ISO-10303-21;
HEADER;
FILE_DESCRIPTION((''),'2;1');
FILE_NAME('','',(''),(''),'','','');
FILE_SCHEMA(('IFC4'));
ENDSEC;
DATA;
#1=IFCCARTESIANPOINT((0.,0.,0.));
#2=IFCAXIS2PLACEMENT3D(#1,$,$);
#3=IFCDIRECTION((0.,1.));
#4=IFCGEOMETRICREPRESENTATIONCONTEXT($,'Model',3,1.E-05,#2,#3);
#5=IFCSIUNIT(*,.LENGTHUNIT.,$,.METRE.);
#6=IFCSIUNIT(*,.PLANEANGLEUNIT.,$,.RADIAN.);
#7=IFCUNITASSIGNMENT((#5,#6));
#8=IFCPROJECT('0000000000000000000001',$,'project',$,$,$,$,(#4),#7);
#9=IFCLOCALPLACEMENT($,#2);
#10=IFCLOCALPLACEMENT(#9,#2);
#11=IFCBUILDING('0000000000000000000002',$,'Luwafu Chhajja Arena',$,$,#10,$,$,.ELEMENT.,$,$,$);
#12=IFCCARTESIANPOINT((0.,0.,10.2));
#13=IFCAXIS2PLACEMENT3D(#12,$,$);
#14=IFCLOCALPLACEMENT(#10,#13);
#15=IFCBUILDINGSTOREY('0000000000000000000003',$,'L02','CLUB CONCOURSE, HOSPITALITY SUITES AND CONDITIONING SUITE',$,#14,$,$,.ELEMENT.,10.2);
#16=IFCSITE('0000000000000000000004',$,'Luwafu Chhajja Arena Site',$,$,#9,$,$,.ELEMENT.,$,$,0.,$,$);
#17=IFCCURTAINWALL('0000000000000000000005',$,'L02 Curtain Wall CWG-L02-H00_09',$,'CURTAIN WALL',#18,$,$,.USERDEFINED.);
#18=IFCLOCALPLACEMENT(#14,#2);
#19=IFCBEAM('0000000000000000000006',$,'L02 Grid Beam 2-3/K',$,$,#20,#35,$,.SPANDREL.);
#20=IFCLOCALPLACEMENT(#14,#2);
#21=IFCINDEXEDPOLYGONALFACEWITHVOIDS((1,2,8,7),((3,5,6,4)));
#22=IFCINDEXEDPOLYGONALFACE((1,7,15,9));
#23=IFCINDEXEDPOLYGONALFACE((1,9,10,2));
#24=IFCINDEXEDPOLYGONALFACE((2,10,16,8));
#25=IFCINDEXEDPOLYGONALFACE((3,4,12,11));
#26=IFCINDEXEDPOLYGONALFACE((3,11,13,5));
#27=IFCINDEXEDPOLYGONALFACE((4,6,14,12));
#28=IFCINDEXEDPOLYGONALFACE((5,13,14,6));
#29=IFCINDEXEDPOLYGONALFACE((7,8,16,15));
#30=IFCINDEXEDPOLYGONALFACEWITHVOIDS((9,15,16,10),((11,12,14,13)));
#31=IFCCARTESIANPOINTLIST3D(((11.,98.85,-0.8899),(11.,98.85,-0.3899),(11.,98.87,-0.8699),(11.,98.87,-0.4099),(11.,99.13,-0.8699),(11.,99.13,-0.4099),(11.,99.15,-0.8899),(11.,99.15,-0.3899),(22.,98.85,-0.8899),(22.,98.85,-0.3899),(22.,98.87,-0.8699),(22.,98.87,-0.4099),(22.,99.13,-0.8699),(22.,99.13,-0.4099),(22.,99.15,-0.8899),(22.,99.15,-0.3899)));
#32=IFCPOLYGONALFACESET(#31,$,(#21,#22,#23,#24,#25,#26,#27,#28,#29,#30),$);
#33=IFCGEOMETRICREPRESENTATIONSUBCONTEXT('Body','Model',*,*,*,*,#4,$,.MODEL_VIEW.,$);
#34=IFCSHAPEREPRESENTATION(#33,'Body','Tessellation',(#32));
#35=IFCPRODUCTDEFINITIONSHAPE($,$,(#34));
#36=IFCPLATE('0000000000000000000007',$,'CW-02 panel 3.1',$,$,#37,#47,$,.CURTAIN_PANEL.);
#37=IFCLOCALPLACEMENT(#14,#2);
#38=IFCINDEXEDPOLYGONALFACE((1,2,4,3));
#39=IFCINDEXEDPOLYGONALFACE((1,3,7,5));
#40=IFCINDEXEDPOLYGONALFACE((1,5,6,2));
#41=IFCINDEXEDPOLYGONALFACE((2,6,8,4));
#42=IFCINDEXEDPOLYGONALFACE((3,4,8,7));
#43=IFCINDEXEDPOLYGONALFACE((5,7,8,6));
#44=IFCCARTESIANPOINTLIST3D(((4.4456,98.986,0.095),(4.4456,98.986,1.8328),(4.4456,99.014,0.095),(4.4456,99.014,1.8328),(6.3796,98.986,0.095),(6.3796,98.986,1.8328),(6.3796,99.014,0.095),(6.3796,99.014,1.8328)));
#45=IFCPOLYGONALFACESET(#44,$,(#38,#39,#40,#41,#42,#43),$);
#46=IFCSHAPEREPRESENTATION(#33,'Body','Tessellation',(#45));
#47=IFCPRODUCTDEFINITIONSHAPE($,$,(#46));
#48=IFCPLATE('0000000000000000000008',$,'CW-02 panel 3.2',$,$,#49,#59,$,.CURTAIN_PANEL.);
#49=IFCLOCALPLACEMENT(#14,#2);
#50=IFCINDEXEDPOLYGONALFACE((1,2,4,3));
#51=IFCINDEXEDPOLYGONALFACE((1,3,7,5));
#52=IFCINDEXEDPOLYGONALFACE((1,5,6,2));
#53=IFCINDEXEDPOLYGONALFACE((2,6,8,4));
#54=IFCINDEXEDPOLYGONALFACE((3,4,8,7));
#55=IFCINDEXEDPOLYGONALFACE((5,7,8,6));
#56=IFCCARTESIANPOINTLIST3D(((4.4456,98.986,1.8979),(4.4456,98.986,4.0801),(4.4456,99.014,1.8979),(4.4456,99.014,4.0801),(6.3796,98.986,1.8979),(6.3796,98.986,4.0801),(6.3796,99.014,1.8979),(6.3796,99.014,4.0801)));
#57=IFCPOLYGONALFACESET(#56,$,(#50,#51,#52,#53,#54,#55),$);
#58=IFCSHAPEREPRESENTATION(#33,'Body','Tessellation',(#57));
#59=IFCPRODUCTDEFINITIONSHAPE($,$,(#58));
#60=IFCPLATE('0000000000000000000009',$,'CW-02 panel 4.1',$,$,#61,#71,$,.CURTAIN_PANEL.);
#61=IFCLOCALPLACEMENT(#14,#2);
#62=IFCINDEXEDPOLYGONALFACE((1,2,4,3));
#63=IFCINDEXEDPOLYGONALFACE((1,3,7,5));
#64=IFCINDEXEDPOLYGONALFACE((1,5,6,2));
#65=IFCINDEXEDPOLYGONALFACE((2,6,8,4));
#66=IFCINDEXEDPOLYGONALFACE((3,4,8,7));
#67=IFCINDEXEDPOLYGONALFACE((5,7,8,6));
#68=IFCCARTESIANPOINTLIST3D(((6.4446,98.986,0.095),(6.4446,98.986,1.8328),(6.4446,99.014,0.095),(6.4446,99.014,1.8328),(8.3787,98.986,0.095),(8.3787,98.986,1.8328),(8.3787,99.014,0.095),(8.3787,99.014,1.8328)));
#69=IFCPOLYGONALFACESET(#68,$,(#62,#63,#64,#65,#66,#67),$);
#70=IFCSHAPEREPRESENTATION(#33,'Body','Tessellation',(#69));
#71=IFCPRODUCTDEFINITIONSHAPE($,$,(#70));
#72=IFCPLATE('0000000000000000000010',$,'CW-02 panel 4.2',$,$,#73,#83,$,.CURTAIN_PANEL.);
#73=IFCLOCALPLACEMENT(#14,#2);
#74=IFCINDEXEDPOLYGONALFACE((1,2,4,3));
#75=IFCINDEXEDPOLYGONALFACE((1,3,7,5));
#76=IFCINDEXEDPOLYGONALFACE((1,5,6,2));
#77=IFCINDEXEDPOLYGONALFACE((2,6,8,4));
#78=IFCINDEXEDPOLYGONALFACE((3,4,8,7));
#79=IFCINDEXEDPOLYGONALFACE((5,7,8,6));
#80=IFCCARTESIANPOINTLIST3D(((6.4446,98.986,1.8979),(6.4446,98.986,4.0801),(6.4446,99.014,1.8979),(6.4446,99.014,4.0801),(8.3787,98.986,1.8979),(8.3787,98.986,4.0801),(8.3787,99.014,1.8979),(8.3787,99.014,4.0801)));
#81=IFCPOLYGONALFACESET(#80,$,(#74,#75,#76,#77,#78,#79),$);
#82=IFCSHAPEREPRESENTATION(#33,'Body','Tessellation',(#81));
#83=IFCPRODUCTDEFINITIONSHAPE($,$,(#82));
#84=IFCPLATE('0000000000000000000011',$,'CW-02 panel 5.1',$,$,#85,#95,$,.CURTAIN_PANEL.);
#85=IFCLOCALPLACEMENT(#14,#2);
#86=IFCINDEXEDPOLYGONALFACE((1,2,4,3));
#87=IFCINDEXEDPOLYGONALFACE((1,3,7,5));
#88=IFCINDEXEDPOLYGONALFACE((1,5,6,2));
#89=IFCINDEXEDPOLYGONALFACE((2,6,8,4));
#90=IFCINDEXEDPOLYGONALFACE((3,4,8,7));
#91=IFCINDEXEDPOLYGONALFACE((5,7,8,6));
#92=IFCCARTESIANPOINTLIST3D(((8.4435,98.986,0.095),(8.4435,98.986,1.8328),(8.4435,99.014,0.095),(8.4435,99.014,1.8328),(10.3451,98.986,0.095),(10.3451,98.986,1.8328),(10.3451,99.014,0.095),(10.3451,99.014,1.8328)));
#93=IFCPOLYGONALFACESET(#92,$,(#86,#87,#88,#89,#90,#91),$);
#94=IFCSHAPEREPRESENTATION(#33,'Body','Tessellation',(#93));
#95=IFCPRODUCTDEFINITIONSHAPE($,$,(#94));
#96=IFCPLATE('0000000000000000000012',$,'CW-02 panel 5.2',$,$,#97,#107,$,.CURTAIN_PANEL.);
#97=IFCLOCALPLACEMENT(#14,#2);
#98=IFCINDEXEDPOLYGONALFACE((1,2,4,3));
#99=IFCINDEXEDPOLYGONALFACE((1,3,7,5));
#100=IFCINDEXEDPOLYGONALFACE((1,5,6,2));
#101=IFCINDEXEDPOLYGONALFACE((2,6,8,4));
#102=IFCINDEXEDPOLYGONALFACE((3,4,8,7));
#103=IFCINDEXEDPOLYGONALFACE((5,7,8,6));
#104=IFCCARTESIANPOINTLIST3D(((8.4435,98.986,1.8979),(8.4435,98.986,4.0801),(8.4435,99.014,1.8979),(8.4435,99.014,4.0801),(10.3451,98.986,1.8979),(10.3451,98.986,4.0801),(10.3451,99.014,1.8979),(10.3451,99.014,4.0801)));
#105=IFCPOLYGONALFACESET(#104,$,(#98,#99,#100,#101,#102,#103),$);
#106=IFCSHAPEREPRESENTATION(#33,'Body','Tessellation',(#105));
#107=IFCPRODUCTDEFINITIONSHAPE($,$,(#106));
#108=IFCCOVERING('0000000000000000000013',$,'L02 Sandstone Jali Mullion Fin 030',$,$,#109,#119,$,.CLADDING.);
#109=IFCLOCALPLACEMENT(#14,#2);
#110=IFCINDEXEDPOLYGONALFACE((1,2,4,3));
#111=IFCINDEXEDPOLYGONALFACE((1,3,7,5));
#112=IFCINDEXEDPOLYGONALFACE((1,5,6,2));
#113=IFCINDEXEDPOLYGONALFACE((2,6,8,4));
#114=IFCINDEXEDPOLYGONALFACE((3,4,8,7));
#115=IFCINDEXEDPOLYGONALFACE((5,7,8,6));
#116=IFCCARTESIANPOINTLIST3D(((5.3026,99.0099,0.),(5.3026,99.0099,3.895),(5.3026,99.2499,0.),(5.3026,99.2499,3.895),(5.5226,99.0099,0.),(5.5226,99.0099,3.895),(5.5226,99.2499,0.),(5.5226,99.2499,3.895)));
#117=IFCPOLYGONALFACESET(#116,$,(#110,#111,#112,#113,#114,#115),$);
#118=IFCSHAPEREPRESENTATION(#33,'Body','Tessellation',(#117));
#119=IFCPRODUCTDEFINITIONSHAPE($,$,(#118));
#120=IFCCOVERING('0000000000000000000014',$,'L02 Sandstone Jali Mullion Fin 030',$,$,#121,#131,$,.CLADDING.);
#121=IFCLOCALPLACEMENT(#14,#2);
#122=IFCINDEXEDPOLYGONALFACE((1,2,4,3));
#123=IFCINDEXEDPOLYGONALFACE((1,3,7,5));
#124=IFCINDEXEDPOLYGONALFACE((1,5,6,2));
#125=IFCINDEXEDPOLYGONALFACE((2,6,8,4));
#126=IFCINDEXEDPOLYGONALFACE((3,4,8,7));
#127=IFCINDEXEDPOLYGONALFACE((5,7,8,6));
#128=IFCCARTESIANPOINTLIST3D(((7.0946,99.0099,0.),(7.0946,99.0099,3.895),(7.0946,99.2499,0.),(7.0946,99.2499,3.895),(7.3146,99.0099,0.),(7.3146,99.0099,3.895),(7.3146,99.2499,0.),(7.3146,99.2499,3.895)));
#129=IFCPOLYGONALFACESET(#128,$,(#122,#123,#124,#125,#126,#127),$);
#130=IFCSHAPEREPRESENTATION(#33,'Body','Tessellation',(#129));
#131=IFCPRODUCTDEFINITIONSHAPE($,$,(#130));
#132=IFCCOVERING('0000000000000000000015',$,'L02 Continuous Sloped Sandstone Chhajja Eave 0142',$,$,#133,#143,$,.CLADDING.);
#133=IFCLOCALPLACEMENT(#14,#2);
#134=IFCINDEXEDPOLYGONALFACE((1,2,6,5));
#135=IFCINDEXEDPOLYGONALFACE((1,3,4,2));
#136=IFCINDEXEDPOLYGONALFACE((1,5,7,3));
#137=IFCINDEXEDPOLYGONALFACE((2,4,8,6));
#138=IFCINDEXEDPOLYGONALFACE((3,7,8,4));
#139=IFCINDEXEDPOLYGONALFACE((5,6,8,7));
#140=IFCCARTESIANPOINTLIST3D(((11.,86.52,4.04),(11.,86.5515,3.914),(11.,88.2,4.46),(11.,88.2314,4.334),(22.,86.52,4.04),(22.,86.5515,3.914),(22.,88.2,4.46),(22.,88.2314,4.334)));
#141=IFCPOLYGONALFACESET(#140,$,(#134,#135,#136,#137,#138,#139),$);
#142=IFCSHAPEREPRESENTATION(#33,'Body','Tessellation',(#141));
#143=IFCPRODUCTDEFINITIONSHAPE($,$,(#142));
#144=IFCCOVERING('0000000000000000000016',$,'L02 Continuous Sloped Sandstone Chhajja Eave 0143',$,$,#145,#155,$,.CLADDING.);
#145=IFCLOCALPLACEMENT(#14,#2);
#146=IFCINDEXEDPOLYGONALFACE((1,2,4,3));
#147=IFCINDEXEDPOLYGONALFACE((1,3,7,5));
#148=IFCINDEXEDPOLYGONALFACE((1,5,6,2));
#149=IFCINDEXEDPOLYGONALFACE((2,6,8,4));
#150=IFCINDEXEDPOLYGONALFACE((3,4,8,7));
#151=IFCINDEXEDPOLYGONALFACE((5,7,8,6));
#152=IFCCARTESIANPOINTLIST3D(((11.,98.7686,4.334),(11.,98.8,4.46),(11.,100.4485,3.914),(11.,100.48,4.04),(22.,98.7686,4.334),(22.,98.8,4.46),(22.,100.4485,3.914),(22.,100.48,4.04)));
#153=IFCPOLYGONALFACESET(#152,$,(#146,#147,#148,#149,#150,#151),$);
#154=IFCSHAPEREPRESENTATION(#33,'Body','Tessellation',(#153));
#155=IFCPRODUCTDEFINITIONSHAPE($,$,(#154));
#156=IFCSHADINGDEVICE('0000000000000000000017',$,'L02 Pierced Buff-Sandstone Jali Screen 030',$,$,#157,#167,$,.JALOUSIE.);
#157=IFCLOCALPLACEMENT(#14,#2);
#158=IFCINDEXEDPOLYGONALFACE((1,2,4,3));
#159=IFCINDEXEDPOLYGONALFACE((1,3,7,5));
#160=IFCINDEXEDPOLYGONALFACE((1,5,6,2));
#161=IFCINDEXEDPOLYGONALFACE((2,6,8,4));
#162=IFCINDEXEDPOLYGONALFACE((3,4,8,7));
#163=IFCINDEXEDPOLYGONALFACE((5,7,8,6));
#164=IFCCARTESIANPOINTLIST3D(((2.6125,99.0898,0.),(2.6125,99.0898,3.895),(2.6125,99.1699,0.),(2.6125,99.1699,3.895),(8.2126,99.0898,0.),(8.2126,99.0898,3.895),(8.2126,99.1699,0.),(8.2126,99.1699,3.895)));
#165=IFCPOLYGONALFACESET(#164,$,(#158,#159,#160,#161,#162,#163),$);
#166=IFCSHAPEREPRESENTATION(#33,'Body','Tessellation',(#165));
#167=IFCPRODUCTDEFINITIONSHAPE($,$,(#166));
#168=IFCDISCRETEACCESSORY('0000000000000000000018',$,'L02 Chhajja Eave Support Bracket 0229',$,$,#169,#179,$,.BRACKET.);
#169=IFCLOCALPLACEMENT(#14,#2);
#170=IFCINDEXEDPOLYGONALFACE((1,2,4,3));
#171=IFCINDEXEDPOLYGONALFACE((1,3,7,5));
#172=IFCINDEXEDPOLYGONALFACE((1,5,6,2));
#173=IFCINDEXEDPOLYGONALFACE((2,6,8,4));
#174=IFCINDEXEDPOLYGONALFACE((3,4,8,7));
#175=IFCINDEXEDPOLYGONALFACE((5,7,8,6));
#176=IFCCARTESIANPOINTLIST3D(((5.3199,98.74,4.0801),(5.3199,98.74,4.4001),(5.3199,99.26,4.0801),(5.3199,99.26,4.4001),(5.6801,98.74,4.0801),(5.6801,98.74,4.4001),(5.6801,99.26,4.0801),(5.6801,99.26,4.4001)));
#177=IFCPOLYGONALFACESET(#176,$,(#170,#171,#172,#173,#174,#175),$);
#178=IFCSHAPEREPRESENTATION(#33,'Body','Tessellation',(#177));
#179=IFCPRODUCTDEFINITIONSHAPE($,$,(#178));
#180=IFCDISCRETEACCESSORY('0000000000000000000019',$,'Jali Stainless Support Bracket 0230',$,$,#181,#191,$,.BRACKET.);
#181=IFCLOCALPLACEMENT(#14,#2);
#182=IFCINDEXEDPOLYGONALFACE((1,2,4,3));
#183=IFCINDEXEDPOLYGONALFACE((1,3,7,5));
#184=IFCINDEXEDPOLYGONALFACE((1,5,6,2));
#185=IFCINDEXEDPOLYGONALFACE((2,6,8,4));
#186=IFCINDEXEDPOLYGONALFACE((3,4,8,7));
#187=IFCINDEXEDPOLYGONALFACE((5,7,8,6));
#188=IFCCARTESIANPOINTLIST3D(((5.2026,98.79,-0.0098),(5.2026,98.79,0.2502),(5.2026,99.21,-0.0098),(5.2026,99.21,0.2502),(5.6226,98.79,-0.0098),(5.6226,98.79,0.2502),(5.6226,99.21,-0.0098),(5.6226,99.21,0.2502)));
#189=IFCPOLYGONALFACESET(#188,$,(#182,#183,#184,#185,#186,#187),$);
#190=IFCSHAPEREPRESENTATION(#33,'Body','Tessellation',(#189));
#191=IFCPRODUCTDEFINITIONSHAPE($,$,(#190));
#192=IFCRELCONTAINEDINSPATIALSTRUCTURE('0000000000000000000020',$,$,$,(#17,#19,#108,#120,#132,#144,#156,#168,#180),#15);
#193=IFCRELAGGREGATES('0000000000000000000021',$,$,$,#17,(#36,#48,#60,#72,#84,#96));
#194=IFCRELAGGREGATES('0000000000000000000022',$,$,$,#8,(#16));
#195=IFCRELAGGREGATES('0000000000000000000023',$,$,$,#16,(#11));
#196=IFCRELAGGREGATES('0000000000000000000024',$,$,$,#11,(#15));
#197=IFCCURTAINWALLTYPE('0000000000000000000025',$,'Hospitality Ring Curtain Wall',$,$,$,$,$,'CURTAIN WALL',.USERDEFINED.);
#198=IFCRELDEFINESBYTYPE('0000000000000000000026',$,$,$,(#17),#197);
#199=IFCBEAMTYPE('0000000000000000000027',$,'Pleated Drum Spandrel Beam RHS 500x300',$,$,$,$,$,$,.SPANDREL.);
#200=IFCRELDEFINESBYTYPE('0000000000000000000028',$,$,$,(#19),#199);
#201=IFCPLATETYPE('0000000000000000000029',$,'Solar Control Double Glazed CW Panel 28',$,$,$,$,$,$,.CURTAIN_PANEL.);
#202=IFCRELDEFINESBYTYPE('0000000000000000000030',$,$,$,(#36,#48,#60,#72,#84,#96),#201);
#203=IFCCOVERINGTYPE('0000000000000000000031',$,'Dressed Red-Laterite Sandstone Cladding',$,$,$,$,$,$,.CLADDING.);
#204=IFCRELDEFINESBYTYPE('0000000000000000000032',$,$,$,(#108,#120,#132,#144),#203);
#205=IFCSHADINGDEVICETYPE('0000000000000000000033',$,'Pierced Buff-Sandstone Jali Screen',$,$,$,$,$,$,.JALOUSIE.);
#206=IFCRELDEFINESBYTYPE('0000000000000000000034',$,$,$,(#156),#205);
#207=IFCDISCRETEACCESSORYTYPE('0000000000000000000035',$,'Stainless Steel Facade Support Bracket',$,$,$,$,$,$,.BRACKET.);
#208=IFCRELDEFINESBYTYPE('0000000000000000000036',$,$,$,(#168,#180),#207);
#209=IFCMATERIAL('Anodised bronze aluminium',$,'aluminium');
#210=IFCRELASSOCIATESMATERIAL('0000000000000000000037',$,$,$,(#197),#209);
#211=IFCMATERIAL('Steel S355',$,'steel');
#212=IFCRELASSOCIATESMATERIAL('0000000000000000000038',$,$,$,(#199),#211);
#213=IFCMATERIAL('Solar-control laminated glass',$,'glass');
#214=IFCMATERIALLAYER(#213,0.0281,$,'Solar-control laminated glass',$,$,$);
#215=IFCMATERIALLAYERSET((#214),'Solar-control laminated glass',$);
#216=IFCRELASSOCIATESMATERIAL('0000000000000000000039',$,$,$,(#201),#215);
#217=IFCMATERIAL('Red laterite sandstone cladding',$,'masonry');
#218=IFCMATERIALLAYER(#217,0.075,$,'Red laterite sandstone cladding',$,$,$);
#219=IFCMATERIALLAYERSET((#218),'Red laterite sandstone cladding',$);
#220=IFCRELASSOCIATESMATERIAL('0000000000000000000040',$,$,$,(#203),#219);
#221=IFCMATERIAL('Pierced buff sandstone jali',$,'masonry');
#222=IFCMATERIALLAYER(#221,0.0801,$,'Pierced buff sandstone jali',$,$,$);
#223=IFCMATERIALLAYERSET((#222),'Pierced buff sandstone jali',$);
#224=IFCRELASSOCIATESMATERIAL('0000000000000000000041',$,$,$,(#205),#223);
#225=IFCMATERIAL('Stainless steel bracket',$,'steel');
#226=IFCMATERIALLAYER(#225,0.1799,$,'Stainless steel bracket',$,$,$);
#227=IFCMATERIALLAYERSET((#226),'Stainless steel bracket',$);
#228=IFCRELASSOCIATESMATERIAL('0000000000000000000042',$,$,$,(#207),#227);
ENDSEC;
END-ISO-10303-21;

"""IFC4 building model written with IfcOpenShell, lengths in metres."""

from ifc_helpers import new_model, si_unit, direction, frame, origin, origin_2d, place, context, subcontext, project, spatial, polyline, rectangle, hollow_rectangle, outline, extrude, material, layer, layer_set, material_profile, profile_set, type_object, element, aggregate, save


model = new_model("IFC4")

# Units and contexts
model_context = context("Model", 3, precision=1e-05, world=origin(), true_north=direction((0.0, 1.0)))
body_context = subcontext(model_context, "Body", "Model", "MODEL_VIEW")
ifc_project = project(units=[si_unit("LENGTHUNIT", "METRE"), si_unit("PLANEANGLEUNIT", "RADIAN")], contexts=[model_context])

# Site, building, storey
site_placement = place(None, origin())
site = spatial("IfcSite", under=ifc_project, at=site_placement, Name="Luwafu Chhajja Arena Site", CompositionType="ELEMENT", RefElevation=0.0)
building_placement = place(site_placement, origin())
building = spatial("IfcBuilding", under=site, at=building_placement, Name="Luwafu Chhajja Arena", CompositionType="ELEMENT")
storey_placement = place(building_placement, frame((0.0, 0.0, 10.2)))
storey = spatial("IfcBuildingStorey", under=building, at=storey_placement, Name="L02", Description="CLUB CONCOURSE, HOSPITALITY SUITES AND CONDITIONING SUITE", CompositionType="ELEMENT", Elevation=10.2)

# Curtain wall
ifc_material_1 = material(Name="Anodised bronze aluminium", Category="aluminium")
curtain_wall_type = type_object("IfcCurtainWallType", Name="Hospitality Ring Curtain Wall", ElementType="CURTAIN WALL", PredefinedType="USERDEFINED", material=ifc_material_1)
curtain_wall_placement = place(storey_placement, origin())
curtain_wall = element("IfcCurtainWall", 1, at=curtain_wall_placement, inside=storey, type_object=curtain_wall_type, Name="L02 Curtain Wall CWG-L02-H00_09", ObjectType="CURTAIN WALL", PredefinedType="USERDEFINED")

# Beam
ifc_material_2 = material(Name="Steel S355", Category="steel")
ifc_material_profile_1 = material_profile(ifc_material_2, hollow_rectangle(XDim=0.3, YDim=0.5, WallThickness=0.02, at=origin_2d()), Name="RHS 500x300x20")
ifc_profile_set_1 = profile_set([ifc_material_profile_1], Name="Steel S355")
beam_type_1 = type_object("IfcBeamType", Name="Pleated Drum Spandrel Beam RHS 500x300", PredefinedType="SPANDREL", material=ifc_profile_set_1)
beam_1_placement = place(storey_placement, frame((11.0, 99.0, -0.6399), z_axis=(1.0, 0.0, 0.0), x_axis=(0.0, 1.0, 0.0)))
element("IfcBeam", 2, at=beam_1_placement, inside=storey, type_object=beam_type_1, Name="L02 Grid Beam 2-3/K", PredefinedType="SPANDREL", context=body_context, shape_type="SweptSolid", body=[
    extrude(hollow_rectangle(XDim=0.3, YDim=0.5, WallThickness=0.02, at=origin_2d()), origin(), (0.0, 0.0, 1.0), 11.0),
])

# Plates
ifc_material_3 = material(Name="Solar-control laminated glass", Category="glass")
ifc_layer_1 = layer(ifc_material_3, 0.0281, Name="Solar-control laminated glass")
ifc_layer_set_1 = layer_set([ifc_layer_1], Name="Solar-control laminated glass")
plate_type = type_object("IfcPlateType", Name="Solar Control Double Glazed CW Panel 28", PredefinedType="CURTAIN_PANEL", material=ifc_layer_set_1)
plate_1_placement = place(storey_placement, frame((5.4126, 99.0, 0.095), z_axis=(0.0, 0.0, 1.0), x_axis=(1.0, 0.0, 0.0)))
plate_1 = element("IfcPlate", 3, at=plate_1_placement, type_object=plate_type, Name="CW-02 panel 3.1", PredefinedType="CURTAIN_PANEL", context=body_context, shape_type="SweptSolid", body=[
    extrude(rectangle(XDim=1.9341, YDim=0.0281, at=origin_2d()), origin(), (0.0, 0.0, 1.0), 1.7378),
])
plate_2_placement = place(storey_placement, frame((5.4126, 99.0, 1.8979), z_axis=(0.0, 0.0, 1.0), x_axis=(1.0, 0.0, 0.0)))
plate_2 = element("IfcPlate", 4, at=plate_2_placement, type_object=plate_type, Name="CW-02 panel 3.2", PredefinedType="CURTAIN_PANEL", context=body_context, shape_type="SweptSolid", body=[
    extrude(rectangle(XDim=1.9341, YDim=0.0281, at=origin_2d()), origin(), (0.0, 0.0, 1.0), 2.1821),
])
plate_3_placement = place(storey_placement, frame((7.4116, 99.0, 0.095), z_axis=(0.0, 0.0, 1.0), x_axis=(1.0, 0.0, 0.0)))
plate_3 = element("IfcPlate", 5, at=plate_3_placement, type_object=plate_type, Name="CW-02 panel 4.1", PredefinedType="CURTAIN_PANEL", context=body_context, shape_type="SweptSolid", body=[
    extrude(rectangle(XDim=1.9341, YDim=0.0281, at=origin_2d()), origin(), (0.0, 0.0, 1.0), 1.7378),
])
plate_4_placement = place(storey_placement, frame((7.4116, 99.0, 1.8979), z_axis=(0.0, 0.0, 1.0), x_axis=(1.0, 0.0, 0.0)))
plate_4 = element("IfcPlate", 6, at=plate_4_placement, type_object=plate_type, Name="CW-02 panel 4.2", PredefinedType="CURTAIN_PANEL", context=body_context, shape_type="SweptSolid", body=[
    extrude(rectangle(XDim=1.9341, YDim=0.0281, at=origin_2d()), origin(), (0.0, 0.0, 1.0), 2.1821),
])
plate_5_placement = place(storey_placement, frame((9.3943, 99.0, 0.095), z_axis=(0.0, 0.0, 1.0), x_axis=(1.0, 0.0, 0.0)))
plate_5 = element("IfcPlate", 7, at=plate_5_placement, type_object=plate_type, Name="CW-02 panel 5.1", PredefinedType="CURTAIN_PANEL", context=body_context, shape_type="SweptSolid", body=[
    extrude(rectangle(XDim=1.9016, YDim=0.0281, at=origin_2d()), origin(), (0.0, 0.0, 1.0), 1.7378),
])
plate_6_placement = place(storey_placement, frame((9.3943, 99.0, 1.8979), z_axis=(0.0, 0.0, 1.0), x_axis=(1.0, 0.0, 0.0)))
plate_6 = element("IfcPlate", 8, at=plate_6_placement, type_object=plate_type, Name="CW-02 panel 5.2", PredefinedType="CURTAIN_PANEL", context=body_context, shape_type="SweptSolid", body=[
    extrude(rectangle(XDim=1.9016, YDim=0.0281, at=origin_2d()), origin(), (0.0, 0.0, 1.0), 2.1821),
])
aggregate(curtain_wall, [plate_1, plate_2, plate_3, plate_4, plate_5, plate_6])

# Coverings
ifc_material_4 = material(Name="Red laterite sandstone cladding", Category="masonry")
ifc_layer_2 = layer(ifc_material_4, 0.075, Name="Red laterite sandstone cladding")
ifc_layer_set_2 = layer_set([ifc_layer_2], Name="Red laterite sandstone cladding")
covering_type = type_object("IfcCoveringType", Name="Dressed Red-Laterite Sandstone Cladding", PredefinedType="CLADDING", material=ifc_layer_set_2)
for number, where, z_axis, x_axis, name in (
    (9, (5.4126, 99.1299, 0.0), (0.0, 0.0, 1.0), (1.0, 0.0, 0.0), "L02 Sandstone Jali Mullion Fin 030"),
    (10, (7.2046, 99.1299, 0.0), (0.0, 0.0, 1.0), (1.0, 0.0, 0.0), "L02 Sandstone Jali Mullion Fin 030"),
):
    element("IfcCovering", number, at=place(storey_placement, frame(where, z_axis=z_axis, x_axis=x_axis)), inside=storey, type_object=covering_type, Name=name, PredefinedType="CLADDING", context=body_context, shape_type="SweptSolid", body=[
        extrude(rectangle(XDim=0.22, YDim=0.24, at=origin_2d()), origin(), (0.0, 0.0, 1.0), 3.895),
    ])
covering_1_placement = place(storey_placement, frame((11.0, 88.2, 4.46), z_axis=(0.0, -0.242502, 0.970151), x_axis=(1.0, 0.0, 0.0)))
element("IfcCovering", 11, at=covering_1_placement, inside=storey, type_object=covering_type, Name="L02 Continuous Sloped Sandstone Chhajja Eave 0142", PredefinedType="CLADDING", context=body_context, shape_type="SweptSolid", body=[
    extrude(outline(polyline([(0.0, 0.0), (11.0, 0.0), (11.0, -1.7316), (0.0, -1.7316), (0.0, 0.0)])), origin(), (0.0, 0.0, -1.0), 0.1299),
])
covering_2_placement = place(storey_placement, frame((11.0, 98.8, 4.46), z_axis=(0.0, 0.242502, 0.970151), x_axis=(1.0, 0.0, 0.0)))
element("IfcCovering", 12, at=covering_2_placement, inside=storey, type_object=covering_type, Name="L02 Continuous Sloped Sandstone Chhajja Eave 0143", PredefinedType="CLADDING", context=body_context, shape_type="SweptSolid", body=[
    extrude(outline(polyline([(0.0, 0.0), (11.0, 0.0), (11.0, 1.7316), (0.0, 1.7316), (0.0, 0.0)])), origin(), (0.0, 0.0, -1.0), 0.1299),
])

# Shading device
ifc_material_5 = material(Name="Pierced buff sandstone jali", Category="masonry")
ifc_layer_3 = layer(ifc_material_5, 0.0801, Name="Pierced buff sandstone jali")
ifc_layer_set_3 = layer_set([ifc_layer_3], Name="Pierced buff sandstone jali")
shading_device_type = type_object("IfcShadingDeviceType", Name="Pierced Buff-Sandstone Jali Screen", PredefinedType="JALOUSIE", material=ifc_layer_set_3)
shading_device_placement = place(storey_placement, frame((5.4126, 99.1299, 0.0), z_axis=(0.0, 0.0, 1.0), x_axis=(1.0, 0.0, 0.0)))
element("IfcShadingDevice", 13, at=shading_device_placement, inside=storey, type_object=shading_device_type, Name="L02 Pierced Buff-Sandstone Jali Screen 030", PredefinedType="JALOUSIE", context=body_context, shape_type="SweptSolid", body=[
    extrude(rectangle(XDim=5.6001, YDim=0.0801, at=origin_2d()), origin(), (0.0, 0.0, 1.0), 3.895),
])

# Discrete accessories
ifc_material_6 = material(Name="Stainless steel bracket", Category="steel")
ifc_layer_4 = layer(ifc_material_6, 0.1799, Name="Stainless steel bracket")
ifc_layer_set_4 = layer_set([ifc_layer_4], Name="Stainless steel bracket")
discrete_accessory_type = type_object("IfcDiscreteAccessoryType", Name="Stainless Steel Facade Support Bracket", PredefinedType="BRACKET", material=ifc_layer_set_4)
discrete_accessory_1_placement = place(storey_placement, frame((5.5, 99.0, 4.0801), z_axis=(0.0, 0.0, 1.0), x_axis=(1.0, 0.0, 0.0)))
element("IfcDiscreteAccessory", 14, at=discrete_accessory_1_placement, inside=storey, type_object=discrete_accessory_type, Name="L02 Chhajja Eave Support Bracket 0229", PredefinedType="BRACKET", context=body_context, shape_type="SweptSolid", body=[
    extrude(rectangle(XDim=0.3601, YDim=0.52, at=origin_2d()), origin(), (0.0, 0.0, 1.0), 0.3201),
])
discrete_accessory_2_placement = place(storey_placement, frame((5.4126, 99.0, -0.0098), z_axis=(0.0, 0.0, 1.0), x_axis=(1.0, 0.0, 0.0)))
element("IfcDiscreteAccessory", 15, at=discrete_accessory_2_placement, inside=storey, type_object=discrete_accessory_type, Name="Jali Stainless Support Bracket 0230", PredefinedType="BRACKET", context=body_context, shape_type="SweptSolid", body=[
    extrude(rectangle(XDim=0.4199, YDim=0.4199, at=origin_2d()), origin(), (0.0, 0.0, 1.0), 0.26),
])

save(model, "model.ifc")
